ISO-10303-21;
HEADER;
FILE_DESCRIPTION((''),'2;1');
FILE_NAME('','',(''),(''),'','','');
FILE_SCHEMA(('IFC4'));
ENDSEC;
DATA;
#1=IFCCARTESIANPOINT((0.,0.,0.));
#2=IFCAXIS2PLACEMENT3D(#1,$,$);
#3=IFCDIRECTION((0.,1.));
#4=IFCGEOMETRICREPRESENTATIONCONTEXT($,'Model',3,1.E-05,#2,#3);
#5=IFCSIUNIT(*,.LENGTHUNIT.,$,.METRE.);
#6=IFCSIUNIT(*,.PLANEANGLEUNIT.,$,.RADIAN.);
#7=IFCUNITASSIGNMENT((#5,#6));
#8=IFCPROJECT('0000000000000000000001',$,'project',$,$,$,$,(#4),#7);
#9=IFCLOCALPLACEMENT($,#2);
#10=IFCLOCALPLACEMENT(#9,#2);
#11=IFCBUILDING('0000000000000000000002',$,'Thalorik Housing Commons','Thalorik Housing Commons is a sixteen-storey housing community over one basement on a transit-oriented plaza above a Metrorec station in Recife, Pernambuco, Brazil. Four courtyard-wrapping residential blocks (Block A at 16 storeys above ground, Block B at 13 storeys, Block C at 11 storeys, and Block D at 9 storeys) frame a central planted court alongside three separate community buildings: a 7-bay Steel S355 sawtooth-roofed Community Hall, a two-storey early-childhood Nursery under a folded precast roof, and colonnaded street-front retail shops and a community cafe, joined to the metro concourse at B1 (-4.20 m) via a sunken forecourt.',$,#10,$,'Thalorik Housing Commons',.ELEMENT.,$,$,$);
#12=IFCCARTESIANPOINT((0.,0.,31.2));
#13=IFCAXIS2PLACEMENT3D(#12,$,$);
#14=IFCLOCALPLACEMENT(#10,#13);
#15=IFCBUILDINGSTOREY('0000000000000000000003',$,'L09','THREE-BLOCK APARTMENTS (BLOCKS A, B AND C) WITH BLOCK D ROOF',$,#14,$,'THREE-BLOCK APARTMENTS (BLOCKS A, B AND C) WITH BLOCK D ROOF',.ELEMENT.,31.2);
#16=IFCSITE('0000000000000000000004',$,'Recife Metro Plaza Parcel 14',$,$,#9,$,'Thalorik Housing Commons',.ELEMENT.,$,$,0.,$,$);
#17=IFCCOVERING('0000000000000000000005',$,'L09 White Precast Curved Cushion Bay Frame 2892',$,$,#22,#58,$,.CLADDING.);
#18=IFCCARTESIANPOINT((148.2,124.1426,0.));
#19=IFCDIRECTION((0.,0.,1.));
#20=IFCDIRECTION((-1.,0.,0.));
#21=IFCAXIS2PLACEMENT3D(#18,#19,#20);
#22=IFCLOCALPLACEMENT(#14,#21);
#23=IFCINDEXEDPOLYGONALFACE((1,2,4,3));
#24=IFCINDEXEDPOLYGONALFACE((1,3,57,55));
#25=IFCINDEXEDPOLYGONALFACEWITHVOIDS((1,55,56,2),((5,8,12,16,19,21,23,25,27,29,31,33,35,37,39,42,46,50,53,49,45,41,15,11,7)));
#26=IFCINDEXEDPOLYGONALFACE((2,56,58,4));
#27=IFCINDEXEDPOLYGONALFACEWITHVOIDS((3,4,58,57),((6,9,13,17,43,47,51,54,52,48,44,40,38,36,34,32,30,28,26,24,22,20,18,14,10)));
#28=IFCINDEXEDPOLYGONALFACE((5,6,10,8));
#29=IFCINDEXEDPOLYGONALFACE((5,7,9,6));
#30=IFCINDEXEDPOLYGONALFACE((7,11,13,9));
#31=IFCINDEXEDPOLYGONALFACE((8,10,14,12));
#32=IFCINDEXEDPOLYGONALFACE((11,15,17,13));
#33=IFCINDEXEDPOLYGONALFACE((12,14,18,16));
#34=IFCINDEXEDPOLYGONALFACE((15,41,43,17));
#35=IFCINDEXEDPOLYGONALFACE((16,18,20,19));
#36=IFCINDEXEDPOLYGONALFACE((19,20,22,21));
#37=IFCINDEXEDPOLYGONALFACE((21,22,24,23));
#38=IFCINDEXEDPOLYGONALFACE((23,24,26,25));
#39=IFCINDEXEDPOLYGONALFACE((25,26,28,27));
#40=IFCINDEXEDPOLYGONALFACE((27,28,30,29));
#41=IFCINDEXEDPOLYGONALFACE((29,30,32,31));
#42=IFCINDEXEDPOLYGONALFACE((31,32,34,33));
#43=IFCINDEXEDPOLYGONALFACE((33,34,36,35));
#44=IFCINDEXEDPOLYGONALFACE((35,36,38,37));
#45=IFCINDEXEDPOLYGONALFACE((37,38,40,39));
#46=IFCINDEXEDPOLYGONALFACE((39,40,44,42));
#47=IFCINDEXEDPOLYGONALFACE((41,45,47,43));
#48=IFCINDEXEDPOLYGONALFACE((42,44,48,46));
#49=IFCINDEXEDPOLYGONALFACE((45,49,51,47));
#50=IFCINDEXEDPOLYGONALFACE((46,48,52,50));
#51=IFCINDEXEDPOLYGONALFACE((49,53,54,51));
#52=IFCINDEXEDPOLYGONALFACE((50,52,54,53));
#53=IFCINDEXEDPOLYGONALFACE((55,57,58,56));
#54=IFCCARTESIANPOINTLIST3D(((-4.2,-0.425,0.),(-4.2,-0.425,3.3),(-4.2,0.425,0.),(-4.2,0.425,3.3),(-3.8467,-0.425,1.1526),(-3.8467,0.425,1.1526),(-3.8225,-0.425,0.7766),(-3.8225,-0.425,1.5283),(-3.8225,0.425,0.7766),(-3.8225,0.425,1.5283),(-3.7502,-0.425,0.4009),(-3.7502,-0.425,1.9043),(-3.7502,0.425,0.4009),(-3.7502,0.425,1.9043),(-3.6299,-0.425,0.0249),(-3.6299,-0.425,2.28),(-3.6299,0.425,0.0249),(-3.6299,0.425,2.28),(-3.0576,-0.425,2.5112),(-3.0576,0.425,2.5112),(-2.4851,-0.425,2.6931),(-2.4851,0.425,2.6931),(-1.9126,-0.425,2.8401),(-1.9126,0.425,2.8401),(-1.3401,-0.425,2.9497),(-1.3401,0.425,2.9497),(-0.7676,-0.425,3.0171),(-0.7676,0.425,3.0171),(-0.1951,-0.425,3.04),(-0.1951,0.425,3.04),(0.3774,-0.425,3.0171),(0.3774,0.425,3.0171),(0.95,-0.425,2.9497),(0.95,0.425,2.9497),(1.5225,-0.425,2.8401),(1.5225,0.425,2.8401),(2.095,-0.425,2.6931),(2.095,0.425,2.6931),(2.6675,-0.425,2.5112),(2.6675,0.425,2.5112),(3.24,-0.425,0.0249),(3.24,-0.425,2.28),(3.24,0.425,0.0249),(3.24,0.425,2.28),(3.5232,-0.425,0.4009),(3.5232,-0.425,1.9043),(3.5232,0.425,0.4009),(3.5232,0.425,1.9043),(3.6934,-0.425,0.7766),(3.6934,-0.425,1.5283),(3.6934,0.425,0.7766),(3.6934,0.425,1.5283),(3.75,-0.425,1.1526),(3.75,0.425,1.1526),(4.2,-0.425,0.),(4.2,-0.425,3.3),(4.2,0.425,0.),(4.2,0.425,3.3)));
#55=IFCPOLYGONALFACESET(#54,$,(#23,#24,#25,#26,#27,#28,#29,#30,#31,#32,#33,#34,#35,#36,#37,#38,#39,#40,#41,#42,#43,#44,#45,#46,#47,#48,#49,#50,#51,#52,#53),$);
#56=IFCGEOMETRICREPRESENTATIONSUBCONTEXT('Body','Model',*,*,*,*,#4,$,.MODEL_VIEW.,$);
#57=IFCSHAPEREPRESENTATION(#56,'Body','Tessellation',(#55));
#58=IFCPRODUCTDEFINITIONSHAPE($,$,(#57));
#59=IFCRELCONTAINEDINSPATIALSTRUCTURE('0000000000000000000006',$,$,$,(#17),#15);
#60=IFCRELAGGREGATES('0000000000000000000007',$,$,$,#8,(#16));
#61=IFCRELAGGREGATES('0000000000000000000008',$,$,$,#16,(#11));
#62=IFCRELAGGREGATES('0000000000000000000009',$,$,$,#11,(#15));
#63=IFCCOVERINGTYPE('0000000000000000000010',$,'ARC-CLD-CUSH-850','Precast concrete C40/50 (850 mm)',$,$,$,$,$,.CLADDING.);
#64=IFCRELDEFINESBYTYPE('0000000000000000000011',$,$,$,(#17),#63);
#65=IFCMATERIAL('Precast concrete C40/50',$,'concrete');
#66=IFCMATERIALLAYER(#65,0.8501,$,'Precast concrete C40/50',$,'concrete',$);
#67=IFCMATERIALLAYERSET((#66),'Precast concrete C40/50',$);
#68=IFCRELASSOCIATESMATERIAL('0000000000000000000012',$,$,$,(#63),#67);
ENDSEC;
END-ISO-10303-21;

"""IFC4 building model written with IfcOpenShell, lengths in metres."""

from ifc_helpers import new_model, si_unit, direction, frame, origin, place, context, subcontext, project, spatial, polyline, outline, extrude, material, layer, layer_set, type_object, element, save


model = new_model("IFC4")

# Units and contexts
model_context = context("Model", 3, precision=1e-05, world=origin(), true_north=direction((0.0, 1.0)))
body_context = subcontext(model_context, "Body", "Model", "MODEL_VIEW")
ifc_project = project(units=[si_unit("LENGTHUNIT", "METRE"), si_unit("PLANEANGLEUNIT", "RADIAN")], contexts=[model_context])

# Site, building, storey
site_placement = place(None, origin())
site = spatial("IfcSite", under=ifc_project, at=site_placement, Name="Recife Metro Plaza Parcel 14", LongName="Thalorik Housing Commons", CompositionType="ELEMENT", RefElevation=0.0)
building_placement = place(site_placement, origin())
building = spatial("IfcBuilding", under=site, at=building_placement, Name="Thalorik Housing Commons", Description="Thalorik Housing Commons is a sixteen-storey housing community over one basement on a transit-oriented plaza above a Metrorec station in Recife, Pernambuco, Brazil. Four courtyard-wrapping residential blocks (Block A at 16 storeys above ground, Block B at 13 storeys, Block C at 11 storeys, and Block D at 9 storeys) frame a central planted court alongside three separate community buildings: a 7-bay Steel S355 sawtooth-roofed Community Hall, a two-storey early-childhood Nursery under a folded precast roof, and colonnaded street-front retail shops and a community cafe, joined to the metro concourse at B1 (-4.20 m) via a sunken forecourt.", LongName="Thalorik Housing Commons", CompositionType="ELEMENT")
storey_placement = place(building_placement, frame((0.0, 0.0, 31.2)))
storey = spatial("IfcBuildingStorey", under=building, at=storey_placement, Name="L09", Description="THREE-BLOCK APARTMENTS (BLOCKS A, B AND C) WITH BLOCK D ROOF", LongName="THREE-BLOCK APARTMENTS (BLOCKS A, B AND C) WITH BLOCK D ROOF", CompositionType="ELEMENT", Elevation=31.2)

# Shared definitions
ifc_material_1 = material(Name="Precast concrete C40/50", Category="concrete")

# Covering
ifc_layer_1 = layer(ifc_material_1, 0.8501, Name="Precast concrete C40/50", Category="concrete")
ifc_layer_set_1 = layer_set([ifc_layer_1], Name="Precast concrete C40/50")
covering_type_1 = type_object("IfcCoveringType", Name="ARC-CLD-CUSH-850", Description="Precast concrete C40/50 (850 mm)", PredefinedType="CLADDING", material=ifc_layer_set_1)
covering_1_placement = place(storey_placement, frame((148.2, 124.1426, 0.0), z_axis=(0.0, 0.0, 1.0), x_axis=(-1.0, 0.0, 0.0)))
element("IfcCovering", 1, at=covering_1_placement, inside=storey, type_object=covering_type_1, Name="L09 White Precast Curved Cushion Bay Frame 2892", PredefinedType="CLADDING", context=body_context, shape_type="SweptSolid", body=[
    extrude(outline(polyline([(-4.2, 0.0), (4.2, 0.0), (4.2, 3.3), (-4.2, 3.3), (-4.2, 0.0)]), holes=[polyline([(3.24, 0.0249), (3.5232, 0.4009), (3.6934, 0.7766), (3.75, 1.1526), (3.6934, 1.5283), (3.5232, 1.9043), (3.24, 2.28), (2.6675, 2.5112), (2.095, 2.6931), (1.5225, 2.8401), (0.95, 2.9497), (0.3774, 3.0171), (-0.1951, 3.04), (-0.7676, 3.0171), (-1.3401, 2.9497), (-1.9126, 2.8401), (-2.4851, 2.6931), (-3.0576, 2.5112), (-3.6299, 2.28), (-3.7502, 1.9043), (-3.8225, 1.5283), (-3.8467, 1.1526), (-3.8225, 0.7766), (-3.7502, 0.4009), (-3.6299, 0.0249), (3.24, 0.0249)])]), frame((0.0, 0.425, 0.0), z_axis=(0.0, -1.0, 0.0), x_axis=(1.0, 0.0, 0.0)), (0.0, 0.0, 1.0), 0.8501),
])

save(model, "model.ifc")
